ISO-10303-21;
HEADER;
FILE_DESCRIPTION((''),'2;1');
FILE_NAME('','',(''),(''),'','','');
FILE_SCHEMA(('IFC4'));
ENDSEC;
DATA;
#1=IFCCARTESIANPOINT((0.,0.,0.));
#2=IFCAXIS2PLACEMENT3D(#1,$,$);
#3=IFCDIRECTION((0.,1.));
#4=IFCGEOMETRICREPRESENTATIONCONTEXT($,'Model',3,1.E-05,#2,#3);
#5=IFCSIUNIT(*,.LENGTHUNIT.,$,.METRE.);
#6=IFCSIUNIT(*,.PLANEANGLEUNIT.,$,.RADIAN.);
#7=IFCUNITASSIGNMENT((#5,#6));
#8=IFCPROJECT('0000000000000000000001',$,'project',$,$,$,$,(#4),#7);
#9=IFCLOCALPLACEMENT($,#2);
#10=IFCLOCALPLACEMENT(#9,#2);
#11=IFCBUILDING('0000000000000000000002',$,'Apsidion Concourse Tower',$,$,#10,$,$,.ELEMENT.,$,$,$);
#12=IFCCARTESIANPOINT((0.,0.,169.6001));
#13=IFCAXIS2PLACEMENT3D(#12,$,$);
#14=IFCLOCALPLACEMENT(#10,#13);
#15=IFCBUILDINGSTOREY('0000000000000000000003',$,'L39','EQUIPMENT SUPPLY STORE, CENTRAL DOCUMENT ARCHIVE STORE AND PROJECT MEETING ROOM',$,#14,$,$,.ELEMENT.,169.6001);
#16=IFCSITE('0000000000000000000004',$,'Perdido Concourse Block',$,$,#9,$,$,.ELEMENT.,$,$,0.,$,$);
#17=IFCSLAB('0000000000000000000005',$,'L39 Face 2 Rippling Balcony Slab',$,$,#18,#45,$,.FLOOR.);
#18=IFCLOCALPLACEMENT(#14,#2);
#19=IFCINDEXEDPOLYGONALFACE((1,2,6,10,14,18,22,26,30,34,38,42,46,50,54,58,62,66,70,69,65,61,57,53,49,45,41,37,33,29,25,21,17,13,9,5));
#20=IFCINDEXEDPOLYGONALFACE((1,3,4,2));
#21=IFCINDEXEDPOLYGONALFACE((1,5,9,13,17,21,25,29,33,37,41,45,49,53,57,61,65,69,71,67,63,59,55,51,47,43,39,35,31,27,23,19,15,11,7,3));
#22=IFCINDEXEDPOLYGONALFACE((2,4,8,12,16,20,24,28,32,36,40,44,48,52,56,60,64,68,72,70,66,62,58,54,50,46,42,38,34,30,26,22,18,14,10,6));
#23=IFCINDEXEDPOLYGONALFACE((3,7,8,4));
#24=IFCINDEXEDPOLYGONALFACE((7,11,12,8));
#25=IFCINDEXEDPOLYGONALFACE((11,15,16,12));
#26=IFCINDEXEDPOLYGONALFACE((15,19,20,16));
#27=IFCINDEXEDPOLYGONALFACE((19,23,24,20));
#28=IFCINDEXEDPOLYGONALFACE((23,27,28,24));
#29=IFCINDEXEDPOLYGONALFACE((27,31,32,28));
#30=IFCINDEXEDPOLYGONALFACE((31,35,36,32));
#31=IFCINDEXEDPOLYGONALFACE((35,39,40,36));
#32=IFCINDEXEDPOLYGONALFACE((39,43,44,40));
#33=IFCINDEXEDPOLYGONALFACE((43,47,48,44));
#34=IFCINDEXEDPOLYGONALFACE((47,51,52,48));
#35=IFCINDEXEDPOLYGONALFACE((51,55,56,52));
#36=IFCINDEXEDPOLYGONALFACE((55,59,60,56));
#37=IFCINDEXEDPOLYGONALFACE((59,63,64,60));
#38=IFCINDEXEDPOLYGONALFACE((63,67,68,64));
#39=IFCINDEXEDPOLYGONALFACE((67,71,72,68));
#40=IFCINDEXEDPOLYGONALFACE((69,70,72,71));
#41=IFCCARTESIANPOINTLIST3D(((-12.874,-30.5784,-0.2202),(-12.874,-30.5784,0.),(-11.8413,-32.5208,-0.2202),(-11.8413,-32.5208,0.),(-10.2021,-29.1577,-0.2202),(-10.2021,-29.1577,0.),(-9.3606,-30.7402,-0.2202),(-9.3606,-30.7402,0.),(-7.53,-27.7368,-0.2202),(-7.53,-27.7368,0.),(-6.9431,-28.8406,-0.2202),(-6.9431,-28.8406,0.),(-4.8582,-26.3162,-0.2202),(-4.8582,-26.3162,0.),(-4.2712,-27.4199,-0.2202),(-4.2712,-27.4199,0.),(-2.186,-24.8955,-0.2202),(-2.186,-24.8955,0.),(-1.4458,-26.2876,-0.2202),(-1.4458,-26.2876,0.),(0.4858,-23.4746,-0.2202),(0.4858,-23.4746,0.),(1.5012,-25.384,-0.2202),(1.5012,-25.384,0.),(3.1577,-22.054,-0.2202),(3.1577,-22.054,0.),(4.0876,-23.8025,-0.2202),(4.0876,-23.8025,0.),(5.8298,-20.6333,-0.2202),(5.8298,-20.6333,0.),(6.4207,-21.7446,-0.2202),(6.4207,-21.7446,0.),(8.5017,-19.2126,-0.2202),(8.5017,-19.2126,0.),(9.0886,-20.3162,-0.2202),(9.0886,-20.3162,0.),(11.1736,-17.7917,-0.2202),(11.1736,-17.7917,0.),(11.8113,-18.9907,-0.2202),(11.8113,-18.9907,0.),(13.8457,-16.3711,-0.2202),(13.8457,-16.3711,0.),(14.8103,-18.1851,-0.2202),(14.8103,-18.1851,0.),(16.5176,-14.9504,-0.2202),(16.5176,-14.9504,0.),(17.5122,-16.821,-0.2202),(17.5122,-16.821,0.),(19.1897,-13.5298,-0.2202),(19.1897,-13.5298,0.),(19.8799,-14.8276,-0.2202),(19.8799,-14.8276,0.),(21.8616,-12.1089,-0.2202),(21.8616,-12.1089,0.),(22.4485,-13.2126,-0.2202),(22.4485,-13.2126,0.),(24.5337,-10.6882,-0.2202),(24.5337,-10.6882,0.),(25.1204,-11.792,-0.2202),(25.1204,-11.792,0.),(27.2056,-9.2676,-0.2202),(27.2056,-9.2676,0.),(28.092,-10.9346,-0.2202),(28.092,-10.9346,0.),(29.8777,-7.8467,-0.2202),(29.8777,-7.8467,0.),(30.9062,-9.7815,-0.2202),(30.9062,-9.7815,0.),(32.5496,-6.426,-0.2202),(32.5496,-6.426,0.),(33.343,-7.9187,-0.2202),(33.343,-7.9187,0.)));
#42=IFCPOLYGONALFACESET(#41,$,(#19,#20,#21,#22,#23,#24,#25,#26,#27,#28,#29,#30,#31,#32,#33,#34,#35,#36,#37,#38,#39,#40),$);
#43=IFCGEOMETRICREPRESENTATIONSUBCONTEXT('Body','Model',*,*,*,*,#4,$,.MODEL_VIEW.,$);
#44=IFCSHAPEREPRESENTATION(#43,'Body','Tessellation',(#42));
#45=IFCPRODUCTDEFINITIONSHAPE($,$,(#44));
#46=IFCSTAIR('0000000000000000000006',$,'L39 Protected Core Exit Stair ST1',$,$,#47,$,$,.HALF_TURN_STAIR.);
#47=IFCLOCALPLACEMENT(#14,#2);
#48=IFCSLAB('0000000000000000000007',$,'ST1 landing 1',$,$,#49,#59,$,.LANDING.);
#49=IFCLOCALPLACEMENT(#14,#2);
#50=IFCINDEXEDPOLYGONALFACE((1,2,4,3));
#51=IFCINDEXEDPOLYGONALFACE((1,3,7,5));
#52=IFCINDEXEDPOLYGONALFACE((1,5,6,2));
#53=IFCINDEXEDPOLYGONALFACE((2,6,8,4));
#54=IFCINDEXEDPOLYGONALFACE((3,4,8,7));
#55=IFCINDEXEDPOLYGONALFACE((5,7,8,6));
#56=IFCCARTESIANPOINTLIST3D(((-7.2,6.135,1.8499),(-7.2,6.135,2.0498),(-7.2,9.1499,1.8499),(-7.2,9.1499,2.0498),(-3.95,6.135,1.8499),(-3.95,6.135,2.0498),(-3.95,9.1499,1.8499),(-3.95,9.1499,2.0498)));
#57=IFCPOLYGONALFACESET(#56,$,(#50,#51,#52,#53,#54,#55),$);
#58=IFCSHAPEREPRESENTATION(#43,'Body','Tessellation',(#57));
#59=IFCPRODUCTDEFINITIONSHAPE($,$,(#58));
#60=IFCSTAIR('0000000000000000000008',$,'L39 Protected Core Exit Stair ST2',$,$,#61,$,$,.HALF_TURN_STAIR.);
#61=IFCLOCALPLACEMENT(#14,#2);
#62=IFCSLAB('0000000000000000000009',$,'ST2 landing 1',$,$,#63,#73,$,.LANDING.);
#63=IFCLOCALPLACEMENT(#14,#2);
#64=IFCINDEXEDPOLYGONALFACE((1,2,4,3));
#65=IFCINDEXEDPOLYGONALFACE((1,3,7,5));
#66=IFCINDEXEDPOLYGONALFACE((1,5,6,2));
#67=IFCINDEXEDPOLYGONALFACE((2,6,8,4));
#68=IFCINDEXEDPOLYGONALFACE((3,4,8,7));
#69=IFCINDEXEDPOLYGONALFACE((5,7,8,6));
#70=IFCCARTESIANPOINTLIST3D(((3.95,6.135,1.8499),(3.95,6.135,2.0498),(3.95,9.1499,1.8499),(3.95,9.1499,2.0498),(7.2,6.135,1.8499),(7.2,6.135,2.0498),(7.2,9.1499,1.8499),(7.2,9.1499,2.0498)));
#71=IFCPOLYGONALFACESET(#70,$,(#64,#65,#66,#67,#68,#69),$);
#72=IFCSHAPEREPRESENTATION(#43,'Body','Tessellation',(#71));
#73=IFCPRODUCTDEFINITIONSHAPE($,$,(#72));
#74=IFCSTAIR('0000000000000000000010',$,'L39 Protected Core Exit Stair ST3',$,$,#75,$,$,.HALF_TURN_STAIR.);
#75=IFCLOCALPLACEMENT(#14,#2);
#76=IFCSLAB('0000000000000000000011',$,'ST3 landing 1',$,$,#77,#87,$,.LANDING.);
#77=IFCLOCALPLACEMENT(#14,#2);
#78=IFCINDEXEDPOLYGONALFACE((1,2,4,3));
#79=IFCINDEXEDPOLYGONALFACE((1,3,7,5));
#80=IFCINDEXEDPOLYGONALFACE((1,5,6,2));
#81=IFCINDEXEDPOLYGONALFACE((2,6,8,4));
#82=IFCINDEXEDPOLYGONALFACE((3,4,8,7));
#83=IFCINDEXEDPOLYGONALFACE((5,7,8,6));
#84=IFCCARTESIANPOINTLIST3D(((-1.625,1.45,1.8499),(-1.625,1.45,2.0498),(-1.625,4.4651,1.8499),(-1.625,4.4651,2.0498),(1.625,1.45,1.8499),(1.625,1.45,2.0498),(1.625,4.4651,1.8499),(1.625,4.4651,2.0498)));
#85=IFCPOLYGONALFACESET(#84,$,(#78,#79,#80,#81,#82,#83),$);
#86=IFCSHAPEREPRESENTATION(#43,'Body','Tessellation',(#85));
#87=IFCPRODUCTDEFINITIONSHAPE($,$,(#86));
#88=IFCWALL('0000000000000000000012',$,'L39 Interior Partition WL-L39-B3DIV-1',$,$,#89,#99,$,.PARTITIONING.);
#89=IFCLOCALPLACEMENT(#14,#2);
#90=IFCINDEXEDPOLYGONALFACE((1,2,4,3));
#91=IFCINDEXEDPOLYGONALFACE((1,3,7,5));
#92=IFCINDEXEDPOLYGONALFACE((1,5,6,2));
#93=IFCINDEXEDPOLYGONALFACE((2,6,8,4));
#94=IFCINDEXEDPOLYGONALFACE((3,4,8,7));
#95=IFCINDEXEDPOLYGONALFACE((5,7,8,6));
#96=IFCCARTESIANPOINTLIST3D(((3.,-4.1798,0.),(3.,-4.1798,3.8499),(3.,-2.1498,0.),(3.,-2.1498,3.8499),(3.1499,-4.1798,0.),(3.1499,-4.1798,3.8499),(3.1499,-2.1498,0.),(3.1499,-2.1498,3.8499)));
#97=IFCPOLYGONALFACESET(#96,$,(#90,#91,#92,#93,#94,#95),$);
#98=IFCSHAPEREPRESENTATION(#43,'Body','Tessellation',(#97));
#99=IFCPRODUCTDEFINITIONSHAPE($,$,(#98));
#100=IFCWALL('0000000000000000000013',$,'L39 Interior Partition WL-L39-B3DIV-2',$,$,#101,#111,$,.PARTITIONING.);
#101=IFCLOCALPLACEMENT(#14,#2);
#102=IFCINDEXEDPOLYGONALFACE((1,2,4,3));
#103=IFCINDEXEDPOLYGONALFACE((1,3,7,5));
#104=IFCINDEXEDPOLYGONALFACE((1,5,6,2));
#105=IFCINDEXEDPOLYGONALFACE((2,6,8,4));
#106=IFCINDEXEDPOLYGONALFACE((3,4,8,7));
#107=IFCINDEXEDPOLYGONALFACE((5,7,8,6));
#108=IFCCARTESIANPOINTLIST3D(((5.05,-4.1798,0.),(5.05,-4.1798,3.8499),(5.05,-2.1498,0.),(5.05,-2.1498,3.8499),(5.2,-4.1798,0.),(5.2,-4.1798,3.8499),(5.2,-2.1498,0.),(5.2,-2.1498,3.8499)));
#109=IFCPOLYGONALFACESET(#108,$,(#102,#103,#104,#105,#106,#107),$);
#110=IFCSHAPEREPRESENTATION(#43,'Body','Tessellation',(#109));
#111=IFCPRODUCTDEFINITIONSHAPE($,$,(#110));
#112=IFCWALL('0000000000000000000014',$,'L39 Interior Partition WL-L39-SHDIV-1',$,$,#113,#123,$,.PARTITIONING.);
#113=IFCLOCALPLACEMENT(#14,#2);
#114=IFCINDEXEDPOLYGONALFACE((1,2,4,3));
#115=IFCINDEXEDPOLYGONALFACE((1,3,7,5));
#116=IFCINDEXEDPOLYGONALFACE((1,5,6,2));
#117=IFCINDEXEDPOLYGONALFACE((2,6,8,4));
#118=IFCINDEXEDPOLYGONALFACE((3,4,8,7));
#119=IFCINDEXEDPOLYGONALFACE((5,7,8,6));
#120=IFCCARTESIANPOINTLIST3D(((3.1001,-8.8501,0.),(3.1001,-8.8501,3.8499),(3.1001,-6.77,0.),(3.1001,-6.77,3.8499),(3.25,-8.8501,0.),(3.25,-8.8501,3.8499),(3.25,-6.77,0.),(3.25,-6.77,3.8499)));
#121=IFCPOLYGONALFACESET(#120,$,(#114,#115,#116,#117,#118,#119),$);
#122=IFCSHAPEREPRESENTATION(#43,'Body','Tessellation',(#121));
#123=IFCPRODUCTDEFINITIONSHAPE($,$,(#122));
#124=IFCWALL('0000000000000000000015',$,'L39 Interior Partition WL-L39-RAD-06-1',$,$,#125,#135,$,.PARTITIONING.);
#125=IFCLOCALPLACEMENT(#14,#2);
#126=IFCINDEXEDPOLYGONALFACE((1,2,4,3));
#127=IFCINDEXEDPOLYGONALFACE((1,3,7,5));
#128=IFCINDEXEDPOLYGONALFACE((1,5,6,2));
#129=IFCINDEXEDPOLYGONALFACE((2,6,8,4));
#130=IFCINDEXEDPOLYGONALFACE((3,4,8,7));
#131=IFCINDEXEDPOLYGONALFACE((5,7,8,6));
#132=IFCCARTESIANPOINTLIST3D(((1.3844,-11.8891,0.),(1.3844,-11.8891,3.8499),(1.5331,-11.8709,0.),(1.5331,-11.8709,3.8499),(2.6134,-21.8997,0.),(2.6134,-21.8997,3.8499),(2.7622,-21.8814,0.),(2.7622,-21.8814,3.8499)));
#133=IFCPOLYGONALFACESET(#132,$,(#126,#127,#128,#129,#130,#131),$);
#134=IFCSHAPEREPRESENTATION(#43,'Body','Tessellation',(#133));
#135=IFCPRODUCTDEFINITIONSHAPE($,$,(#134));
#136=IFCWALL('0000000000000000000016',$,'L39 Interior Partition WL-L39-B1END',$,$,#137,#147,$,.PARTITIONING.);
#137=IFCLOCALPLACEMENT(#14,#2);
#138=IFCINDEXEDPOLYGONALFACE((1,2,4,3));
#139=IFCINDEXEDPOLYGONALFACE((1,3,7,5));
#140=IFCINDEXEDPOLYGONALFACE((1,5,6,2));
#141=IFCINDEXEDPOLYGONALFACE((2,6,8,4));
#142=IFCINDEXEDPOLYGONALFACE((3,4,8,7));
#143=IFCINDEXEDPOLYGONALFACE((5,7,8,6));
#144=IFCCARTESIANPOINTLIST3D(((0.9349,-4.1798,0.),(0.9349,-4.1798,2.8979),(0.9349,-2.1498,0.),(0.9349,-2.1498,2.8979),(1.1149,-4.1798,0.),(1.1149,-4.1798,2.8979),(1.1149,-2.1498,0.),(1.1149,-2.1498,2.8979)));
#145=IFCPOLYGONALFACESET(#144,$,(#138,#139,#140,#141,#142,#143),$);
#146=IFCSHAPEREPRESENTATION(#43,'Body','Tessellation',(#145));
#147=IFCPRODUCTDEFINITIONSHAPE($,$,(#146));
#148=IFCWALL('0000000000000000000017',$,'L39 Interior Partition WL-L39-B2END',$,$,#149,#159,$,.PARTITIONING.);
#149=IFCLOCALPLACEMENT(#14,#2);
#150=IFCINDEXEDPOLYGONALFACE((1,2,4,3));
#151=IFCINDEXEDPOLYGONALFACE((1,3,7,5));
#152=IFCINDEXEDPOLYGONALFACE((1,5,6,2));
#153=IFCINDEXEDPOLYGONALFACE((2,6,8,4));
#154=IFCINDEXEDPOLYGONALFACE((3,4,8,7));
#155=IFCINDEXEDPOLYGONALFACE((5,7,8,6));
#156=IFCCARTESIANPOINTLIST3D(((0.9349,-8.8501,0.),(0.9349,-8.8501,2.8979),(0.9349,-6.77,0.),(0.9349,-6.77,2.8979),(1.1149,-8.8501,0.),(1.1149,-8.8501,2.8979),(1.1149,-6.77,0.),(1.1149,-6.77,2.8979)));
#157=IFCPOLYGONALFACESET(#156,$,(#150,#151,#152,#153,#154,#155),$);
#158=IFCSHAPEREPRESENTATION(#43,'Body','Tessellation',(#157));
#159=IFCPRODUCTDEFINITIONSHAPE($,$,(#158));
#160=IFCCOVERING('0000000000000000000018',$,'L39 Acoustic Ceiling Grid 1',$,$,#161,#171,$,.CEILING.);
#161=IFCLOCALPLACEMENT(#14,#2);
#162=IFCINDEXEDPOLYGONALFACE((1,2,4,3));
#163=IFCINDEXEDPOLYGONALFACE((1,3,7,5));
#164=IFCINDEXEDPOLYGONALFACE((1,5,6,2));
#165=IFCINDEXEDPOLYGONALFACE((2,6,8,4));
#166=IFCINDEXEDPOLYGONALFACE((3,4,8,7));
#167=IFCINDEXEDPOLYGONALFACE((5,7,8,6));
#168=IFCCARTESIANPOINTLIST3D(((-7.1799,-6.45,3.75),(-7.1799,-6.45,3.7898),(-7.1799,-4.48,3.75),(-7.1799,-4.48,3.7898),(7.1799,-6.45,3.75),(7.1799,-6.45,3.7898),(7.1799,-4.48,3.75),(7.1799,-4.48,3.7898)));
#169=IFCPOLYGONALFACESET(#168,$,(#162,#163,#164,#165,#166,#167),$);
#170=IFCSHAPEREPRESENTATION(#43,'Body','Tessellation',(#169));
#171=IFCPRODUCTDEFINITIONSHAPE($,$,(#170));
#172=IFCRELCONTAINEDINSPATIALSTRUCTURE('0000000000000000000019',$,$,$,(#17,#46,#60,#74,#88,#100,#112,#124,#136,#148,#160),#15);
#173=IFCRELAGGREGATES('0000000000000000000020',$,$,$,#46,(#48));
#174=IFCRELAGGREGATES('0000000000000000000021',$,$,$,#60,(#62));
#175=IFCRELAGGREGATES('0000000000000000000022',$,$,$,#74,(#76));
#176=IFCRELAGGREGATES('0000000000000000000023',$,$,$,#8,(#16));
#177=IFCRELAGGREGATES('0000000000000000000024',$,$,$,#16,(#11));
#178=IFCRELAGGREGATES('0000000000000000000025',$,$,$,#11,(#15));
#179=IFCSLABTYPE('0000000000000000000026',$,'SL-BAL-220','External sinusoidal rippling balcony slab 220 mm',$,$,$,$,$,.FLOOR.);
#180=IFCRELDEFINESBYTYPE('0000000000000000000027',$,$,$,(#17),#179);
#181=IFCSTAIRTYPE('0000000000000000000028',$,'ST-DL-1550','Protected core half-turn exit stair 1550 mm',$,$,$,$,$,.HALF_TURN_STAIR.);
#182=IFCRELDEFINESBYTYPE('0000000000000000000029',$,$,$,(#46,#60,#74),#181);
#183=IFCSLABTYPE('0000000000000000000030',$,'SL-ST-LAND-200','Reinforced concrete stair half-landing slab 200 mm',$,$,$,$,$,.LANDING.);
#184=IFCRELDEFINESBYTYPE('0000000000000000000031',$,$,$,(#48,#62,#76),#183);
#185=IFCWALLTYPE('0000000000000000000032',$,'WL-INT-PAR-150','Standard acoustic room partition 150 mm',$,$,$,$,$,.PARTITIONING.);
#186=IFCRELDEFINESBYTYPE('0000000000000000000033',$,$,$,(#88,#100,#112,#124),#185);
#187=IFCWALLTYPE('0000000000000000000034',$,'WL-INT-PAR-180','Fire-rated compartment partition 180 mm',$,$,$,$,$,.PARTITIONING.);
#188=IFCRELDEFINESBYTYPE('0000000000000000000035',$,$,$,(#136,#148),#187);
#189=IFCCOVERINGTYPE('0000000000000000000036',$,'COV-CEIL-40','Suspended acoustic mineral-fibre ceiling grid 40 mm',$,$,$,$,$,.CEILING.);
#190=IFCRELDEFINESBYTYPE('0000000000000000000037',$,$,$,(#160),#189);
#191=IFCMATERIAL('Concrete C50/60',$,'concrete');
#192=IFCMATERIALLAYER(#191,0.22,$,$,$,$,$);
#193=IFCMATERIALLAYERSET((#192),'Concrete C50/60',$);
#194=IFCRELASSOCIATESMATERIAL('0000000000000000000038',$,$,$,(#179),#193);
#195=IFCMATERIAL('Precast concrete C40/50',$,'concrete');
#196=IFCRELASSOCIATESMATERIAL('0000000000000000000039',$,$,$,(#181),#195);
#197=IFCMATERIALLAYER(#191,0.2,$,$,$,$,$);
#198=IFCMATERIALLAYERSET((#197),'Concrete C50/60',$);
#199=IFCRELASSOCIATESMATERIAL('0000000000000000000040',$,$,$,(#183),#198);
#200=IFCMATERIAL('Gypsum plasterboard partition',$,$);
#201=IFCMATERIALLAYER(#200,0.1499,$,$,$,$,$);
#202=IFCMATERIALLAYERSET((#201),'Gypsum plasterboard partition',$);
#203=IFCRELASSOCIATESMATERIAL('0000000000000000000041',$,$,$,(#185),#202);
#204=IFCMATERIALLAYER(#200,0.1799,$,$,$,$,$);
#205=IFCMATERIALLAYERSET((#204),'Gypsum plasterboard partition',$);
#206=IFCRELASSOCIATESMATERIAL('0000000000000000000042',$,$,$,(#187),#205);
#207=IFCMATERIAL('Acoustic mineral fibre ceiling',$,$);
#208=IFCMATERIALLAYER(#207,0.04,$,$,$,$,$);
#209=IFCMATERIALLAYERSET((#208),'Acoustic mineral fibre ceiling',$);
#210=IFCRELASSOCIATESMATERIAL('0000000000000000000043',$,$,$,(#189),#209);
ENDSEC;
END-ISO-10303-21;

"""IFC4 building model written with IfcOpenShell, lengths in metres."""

from ifc_helpers import new_model, si_unit, direction, frame, frame_2d, origin, place, context, subcontext, project, spatial, polyline, rectangle, outline, extrude, material, layer, layer_set, type_object, element, aggregate, save


model = new_model("IFC4")

# Units and contexts
model_context = context("Model", 3, precision=1e-05, world=origin(), true_north=direction((0.0, 1.0)))
body_context = subcontext(model_context, "Body", "Model", "MODEL_VIEW")
ifc_project = project(units=[si_unit("LENGTHUNIT", "METRE"), si_unit("PLANEANGLEUNIT", "RADIAN")], contexts=[model_context])

# Site, building, storey
site_placement = place(None, origin())
site = spatial("IfcSite", under=ifc_project, at=site_placement, Name="Perdido Concourse Block", CompositionType="ELEMENT", RefElevation=0.0)
building_placement = place(site_placement, origin())
building = spatial("IfcBuilding", under=site, at=building_placement, Name="Apsidion Concourse Tower", CompositionType="ELEMENT")
storey_placement = place(building_placement, frame((0.0, 0.0, 169.6001)))
storey = spatial("IfcBuildingStorey", under=building, at=storey_placement, Name="L39", Description="EQUIPMENT SUPPLY STORE, CENTRAL DOCUMENT ARCHIVE STORE AND PROJECT MEETING ROOM", CompositionType="ELEMENT", Elevation=169.6001)

# Shared definitions
ifc_material_1 = material(Name="Concrete C50/60", Category="concrete")

# Slab
ifc_layer_1 = layer(ifc_material_1, 0.22)
ifc_layer_set_1 = layer_set([ifc_layer_1], Name="Concrete C50/60")
slab_type_1 = type_object("IfcSlabType", Name="SL-BAL-220", Description="External sinusoidal rippling balcony slab 220 mm", PredefinedType="FLOOR", material=ifc_layer_set_1)
slab_1_placement = place(storey_placement, frame((0.0, 0.0, -0.2202)))
element("IfcSlab", 1, at=slab_1_placement, inside=storey, type_object=slab_type_1, Name="L39 Face 2 Rippling Balcony Slab", PredefinedType="FLOOR", context=body_context, shape_type="SweptSolid", body=[
    extrude(outline(polyline([(-12.874, -30.5784), (-10.2021, -29.1577), (-7.53, -27.7368), (-4.8582, -26.3162), (-2.186, -24.8955), (0.4858, -23.4746), (3.1577, -22.054), (5.8298, -20.6333), (8.5017, -19.2126), (11.1736, -17.7917), (13.8457, -16.3711), (16.5176, -14.9504), (19.1897, -13.5298), (21.8616, -12.1089), (24.5337, -10.6882), (27.2056, -9.2676), (29.8777, -7.8467), (32.5496, -6.426), (33.343, -7.9187), (30.9062, -9.7815), (28.092, -10.9346), (25.1204, -11.792), (22.4485, -13.2126), (19.8799, -14.8276), (17.5122, -16.821), (14.8103, -18.1851), (11.8113, -18.9907), (9.0886, -20.3162), (6.4207, -21.7446), (4.0876, -23.8025), (1.5012, -25.384), (-1.4458, -26.2876), (-4.2712, -27.4199), (-6.9431, -28.8406), (-9.3606, -30.7402), (-11.8413, -32.5208), (-12.874, -30.5784)])), origin(), (0.0, 0.0, 1.0), 0.2202),
])

# Stairs, slabs
ifc_material_2 = material(Name="Precast concrete C40/50", Category="concrete")
stair_type = type_object("IfcStairType", Name="ST-DL-1550", Description="Protected core half-turn exit stair 1550 mm", PredefinedType="HALF_TURN_STAIR", material=ifc_material_2)
stair_1_placement = place(storey_placement, origin())
stair_1 = element("IfcStair", 2, at=stair_1_placement, inside=storey, type_object=stair_type, Name="L39 Protected Core Exit Stair ST1", PredefinedType="HALF_TURN_STAIR")
ifc_layer_2 = layer(ifc_material_1, 0.2)
ifc_layer_set_2 = layer_set([ifc_layer_2], Name="Concrete C50/60")
slab_type_2 = type_object("IfcSlabType", Name="SL-ST-LAND-200", Description="Reinforced concrete stair half-landing slab 200 mm", PredefinedType="LANDING", material=ifc_layer_set_2)
slab_2_placement = place(storey_placement, frame((0.0, 0.0, 1.8499)))
slab_2 = element("IfcSlab", 3, at=slab_2_placement, type_object=slab_type_2, Name="ST1 landing 1", PredefinedType="LANDING", context=body_context, shape_type="SweptSolid", body=[
    extrude(outline(polyline([(-3.95, 6.135), (-3.95, 9.1499), (-7.2, 9.1499), (-7.2, 6.135), (-3.95, 6.135)])), origin(), (0.0, 0.0, 1.0), 0.2),
])
aggregate(stair_1, [slab_2])
stair_2_placement = place(storey_placement, origin())
stair_2 = element("IfcStair", 4, at=stair_2_placement, inside=storey, type_object=stair_type, Name="L39 Protected Core Exit Stair ST2", PredefinedType="HALF_TURN_STAIR")
slab_3_placement = place(storey_placement, frame((0.0, 0.0, 1.8499)))
slab_3 = element("IfcSlab", 5, at=slab_3_placement, type_object=slab_type_2, Name="ST2 landing 1", PredefinedType="LANDING", context=body_context, shape_type="SweptSolid", body=[
    extrude(outline(polyline([(7.2, 6.135), (7.2, 9.1499), (3.95, 9.1499), (3.95, 6.135), (7.2, 6.135)])), origin(), (0.0, 0.0, 1.0), 0.2),
])
aggregate(stair_2, [slab_3])
stair_3_placement = place(storey_placement, origin())
stair_3 = element("IfcStair", 6, at=stair_3_placement, inside=storey, type_object=stair_type, Name="L39 Protected Core Exit Stair ST3", PredefinedType="HALF_TURN_STAIR")
slab_4_placement = place(storey_placement, frame((0.0, 0.0, 1.8499)))
slab_4 = element("IfcSlab", 7, at=slab_4_placement, type_object=slab_type_2, Name="ST3 landing 1", PredefinedType="LANDING", context=body_context, shape_type="SweptSolid", body=[
    extrude(outline(polyline([(-1.625, 4.4651), (-1.625, 1.45), (1.625, 1.45), (1.625, 4.4651), (-1.625, 4.4651)])), origin(), (0.0, 0.0, 1.0), 0.2),
])
aggregate(stair_3, [slab_4])

# Walls
ifc_material_3 = material(Name="Gypsum plasterboard partition")
ifc_layer_3 = layer(ifc_material_3, 0.1499)
ifc_layer_set_3 = layer_set([ifc_layer_3], Name="Gypsum plasterboard partition")
wall_type_1 = type_object("IfcWallType", Name="WL-INT-PAR-150", Description="Standard acoustic room partition 150 mm", PredefinedType="PARTITIONING", material=ifc_layer_set_3)
for number, where, z_axis, x_axis, name in (
    (8, (3.075, -4.1799, 0.0), (0.0, 0.0, 1.0), (0.0, 1.0, 0.0), "L39 Interior Partition WL-L39-B3DIV-1"),
    (9, (5.125, -4.1799, 0.0), (0.0, 0.0, 1.0), (0.0, 1.0, 0.0), "L39 Interior Partition WL-L39-B3DIV-2"),
):
    element("IfcWall", number, at=place(storey_placement, frame(where, z_axis=z_axis, x_axis=x_axis)), inside=storey, type_object=wall_type_1, Name=name, PredefinedType="PARTITIONING", context=body_context, shape_type="SweptSolid", body=[
        extrude(rectangle(XDim=2.03, YDim=0.1499, at=frame_2d((1.0151, 0.0))), origin(), (0.0, 0.0, 1.0), 3.8499),
    ])
wall_1_placement = place(storey_placement, frame((3.175, -8.8501, 0.0), z_axis=(0.0, 0.0, 1.0), x_axis=(0.0, 1.0, 0.0)))
element("IfcWall", 10, at=wall_1_placement, inside=storey, type_object=wall_type_1, Name="L39 Interior Partition WL-L39-SHDIV-1", PredefinedType="PARTITIONING", context=body_context, shape_type="SweptSolid", body=[
    extrude(rectangle(XDim=2.0801, YDim=0.1499, at=frame_2d((1.04, 0.0))), origin(), (0.0, 0.0, 1.0), 3.8499),
])
wall_2_placement = place(storey_placement, frame((1.4587, -11.8799, 0.0), z_axis=(0.0, 0.0, 1.0), x_axis=(0.121857, -0.992548, 0.0)))
element("IfcWall", 11, at=wall_2_placement, inside=storey, type_object=wall_type_1, Name="L39 Interior Partition WL-L39-RAD-06-1", PredefinedType="PARTITIONING", context=body_context, shape_type="SweptSolid", body=[
    extrude(rectangle(XDim=10.0857, YDim=0.1499, at=frame_2d((5.043, 0.0))), origin(), (0.0, 0.0, 1.0), 3.8499),
])
ifc_layer_4 = layer(ifc_material_3, 0.1799)
ifc_layer_set_4 = layer_set([ifc_layer_4], Name="Gypsum plasterboard partition")
wall_type_2 = type_object("IfcWallType", Name="WL-INT-PAR-180", Description="Fire-rated compartment partition 180 mm", PredefinedType="PARTITIONING", material=ifc_layer_set_4)
wall_3_placement = place(storey_placement, frame((1.0249, -4.1799, 0.0), z_axis=(0.0, 0.0, 1.0), x_axis=(0.0, 1.0, 0.0)))
element("IfcWall", 12, at=wall_3_placement, inside=storey, type_object=wall_type_2, Name="L39 Interior Partition WL-L39-B1END", PredefinedType="PARTITIONING", context=body_context, shape_type="SweptSolid", body=[
    extrude(rectangle(XDim=2.03, YDim=0.1799, at=frame_2d((1.0151, 0.0))), origin(), (0.0, 0.0, 1.0), 2.8979),
])
wall_4_placement = place(storey_placement, frame((1.0249, -8.8501, 0.0), z_axis=(0.0, 0.0, 1.0), x_axis=(0.0, 1.0, 0.0)))
element("IfcWall", 13, at=wall_4_placement, inside=storey, type_object=wall_type_2, Name="L39 Interior Partition WL-L39-B2END", PredefinedType="PARTITIONING", context=body_context, shape_type="SweptSolid", body=[
    extrude(rectangle(XDim=2.0801, YDim=0.1799, at=frame_2d((1.04, 0.0))), origin(), (0.0, 0.0, 1.0), 2.8979),
])

# Covering
ifc_material_4 = material(Name="Acoustic mineral fibre ceiling")
ifc_layer_5 = layer(ifc_material_4, 0.04)
ifc_layer_set_5 = layer_set([ifc_layer_5], Name="Acoustic mineral fibre ceiling")
covering_type_1 = type_object("IfcCoveringType", Name="COV-CEIL-40", Description="Suspended acoustic mineral-fibre ceiling grid 40 mm", PredefinedType="CEILING", material=ifc_layer_set_5)
covering_1_placement = place(storey_placement, frame((0.0, 0.0, 3.75)))
element("IfcCovering", 14, at=covering_1_placement, inside=storey, type_object=covering_type_1, Name="L39 Acoustic Ceiling Grid 1", PredefinedType="CEILING", context=body_context, shape_type="SweptSolid", body=[
    extrude(outline(polyline([(-7.1799, -6.45), (-7.1799, -4.48), (7.1799, -4.48), (7.1799, -6.45), (-7.1799, -6.45)])), origin(), (0.0, 0.0, 1.0), 0.0398),
])

save(model, "model.ifc")
